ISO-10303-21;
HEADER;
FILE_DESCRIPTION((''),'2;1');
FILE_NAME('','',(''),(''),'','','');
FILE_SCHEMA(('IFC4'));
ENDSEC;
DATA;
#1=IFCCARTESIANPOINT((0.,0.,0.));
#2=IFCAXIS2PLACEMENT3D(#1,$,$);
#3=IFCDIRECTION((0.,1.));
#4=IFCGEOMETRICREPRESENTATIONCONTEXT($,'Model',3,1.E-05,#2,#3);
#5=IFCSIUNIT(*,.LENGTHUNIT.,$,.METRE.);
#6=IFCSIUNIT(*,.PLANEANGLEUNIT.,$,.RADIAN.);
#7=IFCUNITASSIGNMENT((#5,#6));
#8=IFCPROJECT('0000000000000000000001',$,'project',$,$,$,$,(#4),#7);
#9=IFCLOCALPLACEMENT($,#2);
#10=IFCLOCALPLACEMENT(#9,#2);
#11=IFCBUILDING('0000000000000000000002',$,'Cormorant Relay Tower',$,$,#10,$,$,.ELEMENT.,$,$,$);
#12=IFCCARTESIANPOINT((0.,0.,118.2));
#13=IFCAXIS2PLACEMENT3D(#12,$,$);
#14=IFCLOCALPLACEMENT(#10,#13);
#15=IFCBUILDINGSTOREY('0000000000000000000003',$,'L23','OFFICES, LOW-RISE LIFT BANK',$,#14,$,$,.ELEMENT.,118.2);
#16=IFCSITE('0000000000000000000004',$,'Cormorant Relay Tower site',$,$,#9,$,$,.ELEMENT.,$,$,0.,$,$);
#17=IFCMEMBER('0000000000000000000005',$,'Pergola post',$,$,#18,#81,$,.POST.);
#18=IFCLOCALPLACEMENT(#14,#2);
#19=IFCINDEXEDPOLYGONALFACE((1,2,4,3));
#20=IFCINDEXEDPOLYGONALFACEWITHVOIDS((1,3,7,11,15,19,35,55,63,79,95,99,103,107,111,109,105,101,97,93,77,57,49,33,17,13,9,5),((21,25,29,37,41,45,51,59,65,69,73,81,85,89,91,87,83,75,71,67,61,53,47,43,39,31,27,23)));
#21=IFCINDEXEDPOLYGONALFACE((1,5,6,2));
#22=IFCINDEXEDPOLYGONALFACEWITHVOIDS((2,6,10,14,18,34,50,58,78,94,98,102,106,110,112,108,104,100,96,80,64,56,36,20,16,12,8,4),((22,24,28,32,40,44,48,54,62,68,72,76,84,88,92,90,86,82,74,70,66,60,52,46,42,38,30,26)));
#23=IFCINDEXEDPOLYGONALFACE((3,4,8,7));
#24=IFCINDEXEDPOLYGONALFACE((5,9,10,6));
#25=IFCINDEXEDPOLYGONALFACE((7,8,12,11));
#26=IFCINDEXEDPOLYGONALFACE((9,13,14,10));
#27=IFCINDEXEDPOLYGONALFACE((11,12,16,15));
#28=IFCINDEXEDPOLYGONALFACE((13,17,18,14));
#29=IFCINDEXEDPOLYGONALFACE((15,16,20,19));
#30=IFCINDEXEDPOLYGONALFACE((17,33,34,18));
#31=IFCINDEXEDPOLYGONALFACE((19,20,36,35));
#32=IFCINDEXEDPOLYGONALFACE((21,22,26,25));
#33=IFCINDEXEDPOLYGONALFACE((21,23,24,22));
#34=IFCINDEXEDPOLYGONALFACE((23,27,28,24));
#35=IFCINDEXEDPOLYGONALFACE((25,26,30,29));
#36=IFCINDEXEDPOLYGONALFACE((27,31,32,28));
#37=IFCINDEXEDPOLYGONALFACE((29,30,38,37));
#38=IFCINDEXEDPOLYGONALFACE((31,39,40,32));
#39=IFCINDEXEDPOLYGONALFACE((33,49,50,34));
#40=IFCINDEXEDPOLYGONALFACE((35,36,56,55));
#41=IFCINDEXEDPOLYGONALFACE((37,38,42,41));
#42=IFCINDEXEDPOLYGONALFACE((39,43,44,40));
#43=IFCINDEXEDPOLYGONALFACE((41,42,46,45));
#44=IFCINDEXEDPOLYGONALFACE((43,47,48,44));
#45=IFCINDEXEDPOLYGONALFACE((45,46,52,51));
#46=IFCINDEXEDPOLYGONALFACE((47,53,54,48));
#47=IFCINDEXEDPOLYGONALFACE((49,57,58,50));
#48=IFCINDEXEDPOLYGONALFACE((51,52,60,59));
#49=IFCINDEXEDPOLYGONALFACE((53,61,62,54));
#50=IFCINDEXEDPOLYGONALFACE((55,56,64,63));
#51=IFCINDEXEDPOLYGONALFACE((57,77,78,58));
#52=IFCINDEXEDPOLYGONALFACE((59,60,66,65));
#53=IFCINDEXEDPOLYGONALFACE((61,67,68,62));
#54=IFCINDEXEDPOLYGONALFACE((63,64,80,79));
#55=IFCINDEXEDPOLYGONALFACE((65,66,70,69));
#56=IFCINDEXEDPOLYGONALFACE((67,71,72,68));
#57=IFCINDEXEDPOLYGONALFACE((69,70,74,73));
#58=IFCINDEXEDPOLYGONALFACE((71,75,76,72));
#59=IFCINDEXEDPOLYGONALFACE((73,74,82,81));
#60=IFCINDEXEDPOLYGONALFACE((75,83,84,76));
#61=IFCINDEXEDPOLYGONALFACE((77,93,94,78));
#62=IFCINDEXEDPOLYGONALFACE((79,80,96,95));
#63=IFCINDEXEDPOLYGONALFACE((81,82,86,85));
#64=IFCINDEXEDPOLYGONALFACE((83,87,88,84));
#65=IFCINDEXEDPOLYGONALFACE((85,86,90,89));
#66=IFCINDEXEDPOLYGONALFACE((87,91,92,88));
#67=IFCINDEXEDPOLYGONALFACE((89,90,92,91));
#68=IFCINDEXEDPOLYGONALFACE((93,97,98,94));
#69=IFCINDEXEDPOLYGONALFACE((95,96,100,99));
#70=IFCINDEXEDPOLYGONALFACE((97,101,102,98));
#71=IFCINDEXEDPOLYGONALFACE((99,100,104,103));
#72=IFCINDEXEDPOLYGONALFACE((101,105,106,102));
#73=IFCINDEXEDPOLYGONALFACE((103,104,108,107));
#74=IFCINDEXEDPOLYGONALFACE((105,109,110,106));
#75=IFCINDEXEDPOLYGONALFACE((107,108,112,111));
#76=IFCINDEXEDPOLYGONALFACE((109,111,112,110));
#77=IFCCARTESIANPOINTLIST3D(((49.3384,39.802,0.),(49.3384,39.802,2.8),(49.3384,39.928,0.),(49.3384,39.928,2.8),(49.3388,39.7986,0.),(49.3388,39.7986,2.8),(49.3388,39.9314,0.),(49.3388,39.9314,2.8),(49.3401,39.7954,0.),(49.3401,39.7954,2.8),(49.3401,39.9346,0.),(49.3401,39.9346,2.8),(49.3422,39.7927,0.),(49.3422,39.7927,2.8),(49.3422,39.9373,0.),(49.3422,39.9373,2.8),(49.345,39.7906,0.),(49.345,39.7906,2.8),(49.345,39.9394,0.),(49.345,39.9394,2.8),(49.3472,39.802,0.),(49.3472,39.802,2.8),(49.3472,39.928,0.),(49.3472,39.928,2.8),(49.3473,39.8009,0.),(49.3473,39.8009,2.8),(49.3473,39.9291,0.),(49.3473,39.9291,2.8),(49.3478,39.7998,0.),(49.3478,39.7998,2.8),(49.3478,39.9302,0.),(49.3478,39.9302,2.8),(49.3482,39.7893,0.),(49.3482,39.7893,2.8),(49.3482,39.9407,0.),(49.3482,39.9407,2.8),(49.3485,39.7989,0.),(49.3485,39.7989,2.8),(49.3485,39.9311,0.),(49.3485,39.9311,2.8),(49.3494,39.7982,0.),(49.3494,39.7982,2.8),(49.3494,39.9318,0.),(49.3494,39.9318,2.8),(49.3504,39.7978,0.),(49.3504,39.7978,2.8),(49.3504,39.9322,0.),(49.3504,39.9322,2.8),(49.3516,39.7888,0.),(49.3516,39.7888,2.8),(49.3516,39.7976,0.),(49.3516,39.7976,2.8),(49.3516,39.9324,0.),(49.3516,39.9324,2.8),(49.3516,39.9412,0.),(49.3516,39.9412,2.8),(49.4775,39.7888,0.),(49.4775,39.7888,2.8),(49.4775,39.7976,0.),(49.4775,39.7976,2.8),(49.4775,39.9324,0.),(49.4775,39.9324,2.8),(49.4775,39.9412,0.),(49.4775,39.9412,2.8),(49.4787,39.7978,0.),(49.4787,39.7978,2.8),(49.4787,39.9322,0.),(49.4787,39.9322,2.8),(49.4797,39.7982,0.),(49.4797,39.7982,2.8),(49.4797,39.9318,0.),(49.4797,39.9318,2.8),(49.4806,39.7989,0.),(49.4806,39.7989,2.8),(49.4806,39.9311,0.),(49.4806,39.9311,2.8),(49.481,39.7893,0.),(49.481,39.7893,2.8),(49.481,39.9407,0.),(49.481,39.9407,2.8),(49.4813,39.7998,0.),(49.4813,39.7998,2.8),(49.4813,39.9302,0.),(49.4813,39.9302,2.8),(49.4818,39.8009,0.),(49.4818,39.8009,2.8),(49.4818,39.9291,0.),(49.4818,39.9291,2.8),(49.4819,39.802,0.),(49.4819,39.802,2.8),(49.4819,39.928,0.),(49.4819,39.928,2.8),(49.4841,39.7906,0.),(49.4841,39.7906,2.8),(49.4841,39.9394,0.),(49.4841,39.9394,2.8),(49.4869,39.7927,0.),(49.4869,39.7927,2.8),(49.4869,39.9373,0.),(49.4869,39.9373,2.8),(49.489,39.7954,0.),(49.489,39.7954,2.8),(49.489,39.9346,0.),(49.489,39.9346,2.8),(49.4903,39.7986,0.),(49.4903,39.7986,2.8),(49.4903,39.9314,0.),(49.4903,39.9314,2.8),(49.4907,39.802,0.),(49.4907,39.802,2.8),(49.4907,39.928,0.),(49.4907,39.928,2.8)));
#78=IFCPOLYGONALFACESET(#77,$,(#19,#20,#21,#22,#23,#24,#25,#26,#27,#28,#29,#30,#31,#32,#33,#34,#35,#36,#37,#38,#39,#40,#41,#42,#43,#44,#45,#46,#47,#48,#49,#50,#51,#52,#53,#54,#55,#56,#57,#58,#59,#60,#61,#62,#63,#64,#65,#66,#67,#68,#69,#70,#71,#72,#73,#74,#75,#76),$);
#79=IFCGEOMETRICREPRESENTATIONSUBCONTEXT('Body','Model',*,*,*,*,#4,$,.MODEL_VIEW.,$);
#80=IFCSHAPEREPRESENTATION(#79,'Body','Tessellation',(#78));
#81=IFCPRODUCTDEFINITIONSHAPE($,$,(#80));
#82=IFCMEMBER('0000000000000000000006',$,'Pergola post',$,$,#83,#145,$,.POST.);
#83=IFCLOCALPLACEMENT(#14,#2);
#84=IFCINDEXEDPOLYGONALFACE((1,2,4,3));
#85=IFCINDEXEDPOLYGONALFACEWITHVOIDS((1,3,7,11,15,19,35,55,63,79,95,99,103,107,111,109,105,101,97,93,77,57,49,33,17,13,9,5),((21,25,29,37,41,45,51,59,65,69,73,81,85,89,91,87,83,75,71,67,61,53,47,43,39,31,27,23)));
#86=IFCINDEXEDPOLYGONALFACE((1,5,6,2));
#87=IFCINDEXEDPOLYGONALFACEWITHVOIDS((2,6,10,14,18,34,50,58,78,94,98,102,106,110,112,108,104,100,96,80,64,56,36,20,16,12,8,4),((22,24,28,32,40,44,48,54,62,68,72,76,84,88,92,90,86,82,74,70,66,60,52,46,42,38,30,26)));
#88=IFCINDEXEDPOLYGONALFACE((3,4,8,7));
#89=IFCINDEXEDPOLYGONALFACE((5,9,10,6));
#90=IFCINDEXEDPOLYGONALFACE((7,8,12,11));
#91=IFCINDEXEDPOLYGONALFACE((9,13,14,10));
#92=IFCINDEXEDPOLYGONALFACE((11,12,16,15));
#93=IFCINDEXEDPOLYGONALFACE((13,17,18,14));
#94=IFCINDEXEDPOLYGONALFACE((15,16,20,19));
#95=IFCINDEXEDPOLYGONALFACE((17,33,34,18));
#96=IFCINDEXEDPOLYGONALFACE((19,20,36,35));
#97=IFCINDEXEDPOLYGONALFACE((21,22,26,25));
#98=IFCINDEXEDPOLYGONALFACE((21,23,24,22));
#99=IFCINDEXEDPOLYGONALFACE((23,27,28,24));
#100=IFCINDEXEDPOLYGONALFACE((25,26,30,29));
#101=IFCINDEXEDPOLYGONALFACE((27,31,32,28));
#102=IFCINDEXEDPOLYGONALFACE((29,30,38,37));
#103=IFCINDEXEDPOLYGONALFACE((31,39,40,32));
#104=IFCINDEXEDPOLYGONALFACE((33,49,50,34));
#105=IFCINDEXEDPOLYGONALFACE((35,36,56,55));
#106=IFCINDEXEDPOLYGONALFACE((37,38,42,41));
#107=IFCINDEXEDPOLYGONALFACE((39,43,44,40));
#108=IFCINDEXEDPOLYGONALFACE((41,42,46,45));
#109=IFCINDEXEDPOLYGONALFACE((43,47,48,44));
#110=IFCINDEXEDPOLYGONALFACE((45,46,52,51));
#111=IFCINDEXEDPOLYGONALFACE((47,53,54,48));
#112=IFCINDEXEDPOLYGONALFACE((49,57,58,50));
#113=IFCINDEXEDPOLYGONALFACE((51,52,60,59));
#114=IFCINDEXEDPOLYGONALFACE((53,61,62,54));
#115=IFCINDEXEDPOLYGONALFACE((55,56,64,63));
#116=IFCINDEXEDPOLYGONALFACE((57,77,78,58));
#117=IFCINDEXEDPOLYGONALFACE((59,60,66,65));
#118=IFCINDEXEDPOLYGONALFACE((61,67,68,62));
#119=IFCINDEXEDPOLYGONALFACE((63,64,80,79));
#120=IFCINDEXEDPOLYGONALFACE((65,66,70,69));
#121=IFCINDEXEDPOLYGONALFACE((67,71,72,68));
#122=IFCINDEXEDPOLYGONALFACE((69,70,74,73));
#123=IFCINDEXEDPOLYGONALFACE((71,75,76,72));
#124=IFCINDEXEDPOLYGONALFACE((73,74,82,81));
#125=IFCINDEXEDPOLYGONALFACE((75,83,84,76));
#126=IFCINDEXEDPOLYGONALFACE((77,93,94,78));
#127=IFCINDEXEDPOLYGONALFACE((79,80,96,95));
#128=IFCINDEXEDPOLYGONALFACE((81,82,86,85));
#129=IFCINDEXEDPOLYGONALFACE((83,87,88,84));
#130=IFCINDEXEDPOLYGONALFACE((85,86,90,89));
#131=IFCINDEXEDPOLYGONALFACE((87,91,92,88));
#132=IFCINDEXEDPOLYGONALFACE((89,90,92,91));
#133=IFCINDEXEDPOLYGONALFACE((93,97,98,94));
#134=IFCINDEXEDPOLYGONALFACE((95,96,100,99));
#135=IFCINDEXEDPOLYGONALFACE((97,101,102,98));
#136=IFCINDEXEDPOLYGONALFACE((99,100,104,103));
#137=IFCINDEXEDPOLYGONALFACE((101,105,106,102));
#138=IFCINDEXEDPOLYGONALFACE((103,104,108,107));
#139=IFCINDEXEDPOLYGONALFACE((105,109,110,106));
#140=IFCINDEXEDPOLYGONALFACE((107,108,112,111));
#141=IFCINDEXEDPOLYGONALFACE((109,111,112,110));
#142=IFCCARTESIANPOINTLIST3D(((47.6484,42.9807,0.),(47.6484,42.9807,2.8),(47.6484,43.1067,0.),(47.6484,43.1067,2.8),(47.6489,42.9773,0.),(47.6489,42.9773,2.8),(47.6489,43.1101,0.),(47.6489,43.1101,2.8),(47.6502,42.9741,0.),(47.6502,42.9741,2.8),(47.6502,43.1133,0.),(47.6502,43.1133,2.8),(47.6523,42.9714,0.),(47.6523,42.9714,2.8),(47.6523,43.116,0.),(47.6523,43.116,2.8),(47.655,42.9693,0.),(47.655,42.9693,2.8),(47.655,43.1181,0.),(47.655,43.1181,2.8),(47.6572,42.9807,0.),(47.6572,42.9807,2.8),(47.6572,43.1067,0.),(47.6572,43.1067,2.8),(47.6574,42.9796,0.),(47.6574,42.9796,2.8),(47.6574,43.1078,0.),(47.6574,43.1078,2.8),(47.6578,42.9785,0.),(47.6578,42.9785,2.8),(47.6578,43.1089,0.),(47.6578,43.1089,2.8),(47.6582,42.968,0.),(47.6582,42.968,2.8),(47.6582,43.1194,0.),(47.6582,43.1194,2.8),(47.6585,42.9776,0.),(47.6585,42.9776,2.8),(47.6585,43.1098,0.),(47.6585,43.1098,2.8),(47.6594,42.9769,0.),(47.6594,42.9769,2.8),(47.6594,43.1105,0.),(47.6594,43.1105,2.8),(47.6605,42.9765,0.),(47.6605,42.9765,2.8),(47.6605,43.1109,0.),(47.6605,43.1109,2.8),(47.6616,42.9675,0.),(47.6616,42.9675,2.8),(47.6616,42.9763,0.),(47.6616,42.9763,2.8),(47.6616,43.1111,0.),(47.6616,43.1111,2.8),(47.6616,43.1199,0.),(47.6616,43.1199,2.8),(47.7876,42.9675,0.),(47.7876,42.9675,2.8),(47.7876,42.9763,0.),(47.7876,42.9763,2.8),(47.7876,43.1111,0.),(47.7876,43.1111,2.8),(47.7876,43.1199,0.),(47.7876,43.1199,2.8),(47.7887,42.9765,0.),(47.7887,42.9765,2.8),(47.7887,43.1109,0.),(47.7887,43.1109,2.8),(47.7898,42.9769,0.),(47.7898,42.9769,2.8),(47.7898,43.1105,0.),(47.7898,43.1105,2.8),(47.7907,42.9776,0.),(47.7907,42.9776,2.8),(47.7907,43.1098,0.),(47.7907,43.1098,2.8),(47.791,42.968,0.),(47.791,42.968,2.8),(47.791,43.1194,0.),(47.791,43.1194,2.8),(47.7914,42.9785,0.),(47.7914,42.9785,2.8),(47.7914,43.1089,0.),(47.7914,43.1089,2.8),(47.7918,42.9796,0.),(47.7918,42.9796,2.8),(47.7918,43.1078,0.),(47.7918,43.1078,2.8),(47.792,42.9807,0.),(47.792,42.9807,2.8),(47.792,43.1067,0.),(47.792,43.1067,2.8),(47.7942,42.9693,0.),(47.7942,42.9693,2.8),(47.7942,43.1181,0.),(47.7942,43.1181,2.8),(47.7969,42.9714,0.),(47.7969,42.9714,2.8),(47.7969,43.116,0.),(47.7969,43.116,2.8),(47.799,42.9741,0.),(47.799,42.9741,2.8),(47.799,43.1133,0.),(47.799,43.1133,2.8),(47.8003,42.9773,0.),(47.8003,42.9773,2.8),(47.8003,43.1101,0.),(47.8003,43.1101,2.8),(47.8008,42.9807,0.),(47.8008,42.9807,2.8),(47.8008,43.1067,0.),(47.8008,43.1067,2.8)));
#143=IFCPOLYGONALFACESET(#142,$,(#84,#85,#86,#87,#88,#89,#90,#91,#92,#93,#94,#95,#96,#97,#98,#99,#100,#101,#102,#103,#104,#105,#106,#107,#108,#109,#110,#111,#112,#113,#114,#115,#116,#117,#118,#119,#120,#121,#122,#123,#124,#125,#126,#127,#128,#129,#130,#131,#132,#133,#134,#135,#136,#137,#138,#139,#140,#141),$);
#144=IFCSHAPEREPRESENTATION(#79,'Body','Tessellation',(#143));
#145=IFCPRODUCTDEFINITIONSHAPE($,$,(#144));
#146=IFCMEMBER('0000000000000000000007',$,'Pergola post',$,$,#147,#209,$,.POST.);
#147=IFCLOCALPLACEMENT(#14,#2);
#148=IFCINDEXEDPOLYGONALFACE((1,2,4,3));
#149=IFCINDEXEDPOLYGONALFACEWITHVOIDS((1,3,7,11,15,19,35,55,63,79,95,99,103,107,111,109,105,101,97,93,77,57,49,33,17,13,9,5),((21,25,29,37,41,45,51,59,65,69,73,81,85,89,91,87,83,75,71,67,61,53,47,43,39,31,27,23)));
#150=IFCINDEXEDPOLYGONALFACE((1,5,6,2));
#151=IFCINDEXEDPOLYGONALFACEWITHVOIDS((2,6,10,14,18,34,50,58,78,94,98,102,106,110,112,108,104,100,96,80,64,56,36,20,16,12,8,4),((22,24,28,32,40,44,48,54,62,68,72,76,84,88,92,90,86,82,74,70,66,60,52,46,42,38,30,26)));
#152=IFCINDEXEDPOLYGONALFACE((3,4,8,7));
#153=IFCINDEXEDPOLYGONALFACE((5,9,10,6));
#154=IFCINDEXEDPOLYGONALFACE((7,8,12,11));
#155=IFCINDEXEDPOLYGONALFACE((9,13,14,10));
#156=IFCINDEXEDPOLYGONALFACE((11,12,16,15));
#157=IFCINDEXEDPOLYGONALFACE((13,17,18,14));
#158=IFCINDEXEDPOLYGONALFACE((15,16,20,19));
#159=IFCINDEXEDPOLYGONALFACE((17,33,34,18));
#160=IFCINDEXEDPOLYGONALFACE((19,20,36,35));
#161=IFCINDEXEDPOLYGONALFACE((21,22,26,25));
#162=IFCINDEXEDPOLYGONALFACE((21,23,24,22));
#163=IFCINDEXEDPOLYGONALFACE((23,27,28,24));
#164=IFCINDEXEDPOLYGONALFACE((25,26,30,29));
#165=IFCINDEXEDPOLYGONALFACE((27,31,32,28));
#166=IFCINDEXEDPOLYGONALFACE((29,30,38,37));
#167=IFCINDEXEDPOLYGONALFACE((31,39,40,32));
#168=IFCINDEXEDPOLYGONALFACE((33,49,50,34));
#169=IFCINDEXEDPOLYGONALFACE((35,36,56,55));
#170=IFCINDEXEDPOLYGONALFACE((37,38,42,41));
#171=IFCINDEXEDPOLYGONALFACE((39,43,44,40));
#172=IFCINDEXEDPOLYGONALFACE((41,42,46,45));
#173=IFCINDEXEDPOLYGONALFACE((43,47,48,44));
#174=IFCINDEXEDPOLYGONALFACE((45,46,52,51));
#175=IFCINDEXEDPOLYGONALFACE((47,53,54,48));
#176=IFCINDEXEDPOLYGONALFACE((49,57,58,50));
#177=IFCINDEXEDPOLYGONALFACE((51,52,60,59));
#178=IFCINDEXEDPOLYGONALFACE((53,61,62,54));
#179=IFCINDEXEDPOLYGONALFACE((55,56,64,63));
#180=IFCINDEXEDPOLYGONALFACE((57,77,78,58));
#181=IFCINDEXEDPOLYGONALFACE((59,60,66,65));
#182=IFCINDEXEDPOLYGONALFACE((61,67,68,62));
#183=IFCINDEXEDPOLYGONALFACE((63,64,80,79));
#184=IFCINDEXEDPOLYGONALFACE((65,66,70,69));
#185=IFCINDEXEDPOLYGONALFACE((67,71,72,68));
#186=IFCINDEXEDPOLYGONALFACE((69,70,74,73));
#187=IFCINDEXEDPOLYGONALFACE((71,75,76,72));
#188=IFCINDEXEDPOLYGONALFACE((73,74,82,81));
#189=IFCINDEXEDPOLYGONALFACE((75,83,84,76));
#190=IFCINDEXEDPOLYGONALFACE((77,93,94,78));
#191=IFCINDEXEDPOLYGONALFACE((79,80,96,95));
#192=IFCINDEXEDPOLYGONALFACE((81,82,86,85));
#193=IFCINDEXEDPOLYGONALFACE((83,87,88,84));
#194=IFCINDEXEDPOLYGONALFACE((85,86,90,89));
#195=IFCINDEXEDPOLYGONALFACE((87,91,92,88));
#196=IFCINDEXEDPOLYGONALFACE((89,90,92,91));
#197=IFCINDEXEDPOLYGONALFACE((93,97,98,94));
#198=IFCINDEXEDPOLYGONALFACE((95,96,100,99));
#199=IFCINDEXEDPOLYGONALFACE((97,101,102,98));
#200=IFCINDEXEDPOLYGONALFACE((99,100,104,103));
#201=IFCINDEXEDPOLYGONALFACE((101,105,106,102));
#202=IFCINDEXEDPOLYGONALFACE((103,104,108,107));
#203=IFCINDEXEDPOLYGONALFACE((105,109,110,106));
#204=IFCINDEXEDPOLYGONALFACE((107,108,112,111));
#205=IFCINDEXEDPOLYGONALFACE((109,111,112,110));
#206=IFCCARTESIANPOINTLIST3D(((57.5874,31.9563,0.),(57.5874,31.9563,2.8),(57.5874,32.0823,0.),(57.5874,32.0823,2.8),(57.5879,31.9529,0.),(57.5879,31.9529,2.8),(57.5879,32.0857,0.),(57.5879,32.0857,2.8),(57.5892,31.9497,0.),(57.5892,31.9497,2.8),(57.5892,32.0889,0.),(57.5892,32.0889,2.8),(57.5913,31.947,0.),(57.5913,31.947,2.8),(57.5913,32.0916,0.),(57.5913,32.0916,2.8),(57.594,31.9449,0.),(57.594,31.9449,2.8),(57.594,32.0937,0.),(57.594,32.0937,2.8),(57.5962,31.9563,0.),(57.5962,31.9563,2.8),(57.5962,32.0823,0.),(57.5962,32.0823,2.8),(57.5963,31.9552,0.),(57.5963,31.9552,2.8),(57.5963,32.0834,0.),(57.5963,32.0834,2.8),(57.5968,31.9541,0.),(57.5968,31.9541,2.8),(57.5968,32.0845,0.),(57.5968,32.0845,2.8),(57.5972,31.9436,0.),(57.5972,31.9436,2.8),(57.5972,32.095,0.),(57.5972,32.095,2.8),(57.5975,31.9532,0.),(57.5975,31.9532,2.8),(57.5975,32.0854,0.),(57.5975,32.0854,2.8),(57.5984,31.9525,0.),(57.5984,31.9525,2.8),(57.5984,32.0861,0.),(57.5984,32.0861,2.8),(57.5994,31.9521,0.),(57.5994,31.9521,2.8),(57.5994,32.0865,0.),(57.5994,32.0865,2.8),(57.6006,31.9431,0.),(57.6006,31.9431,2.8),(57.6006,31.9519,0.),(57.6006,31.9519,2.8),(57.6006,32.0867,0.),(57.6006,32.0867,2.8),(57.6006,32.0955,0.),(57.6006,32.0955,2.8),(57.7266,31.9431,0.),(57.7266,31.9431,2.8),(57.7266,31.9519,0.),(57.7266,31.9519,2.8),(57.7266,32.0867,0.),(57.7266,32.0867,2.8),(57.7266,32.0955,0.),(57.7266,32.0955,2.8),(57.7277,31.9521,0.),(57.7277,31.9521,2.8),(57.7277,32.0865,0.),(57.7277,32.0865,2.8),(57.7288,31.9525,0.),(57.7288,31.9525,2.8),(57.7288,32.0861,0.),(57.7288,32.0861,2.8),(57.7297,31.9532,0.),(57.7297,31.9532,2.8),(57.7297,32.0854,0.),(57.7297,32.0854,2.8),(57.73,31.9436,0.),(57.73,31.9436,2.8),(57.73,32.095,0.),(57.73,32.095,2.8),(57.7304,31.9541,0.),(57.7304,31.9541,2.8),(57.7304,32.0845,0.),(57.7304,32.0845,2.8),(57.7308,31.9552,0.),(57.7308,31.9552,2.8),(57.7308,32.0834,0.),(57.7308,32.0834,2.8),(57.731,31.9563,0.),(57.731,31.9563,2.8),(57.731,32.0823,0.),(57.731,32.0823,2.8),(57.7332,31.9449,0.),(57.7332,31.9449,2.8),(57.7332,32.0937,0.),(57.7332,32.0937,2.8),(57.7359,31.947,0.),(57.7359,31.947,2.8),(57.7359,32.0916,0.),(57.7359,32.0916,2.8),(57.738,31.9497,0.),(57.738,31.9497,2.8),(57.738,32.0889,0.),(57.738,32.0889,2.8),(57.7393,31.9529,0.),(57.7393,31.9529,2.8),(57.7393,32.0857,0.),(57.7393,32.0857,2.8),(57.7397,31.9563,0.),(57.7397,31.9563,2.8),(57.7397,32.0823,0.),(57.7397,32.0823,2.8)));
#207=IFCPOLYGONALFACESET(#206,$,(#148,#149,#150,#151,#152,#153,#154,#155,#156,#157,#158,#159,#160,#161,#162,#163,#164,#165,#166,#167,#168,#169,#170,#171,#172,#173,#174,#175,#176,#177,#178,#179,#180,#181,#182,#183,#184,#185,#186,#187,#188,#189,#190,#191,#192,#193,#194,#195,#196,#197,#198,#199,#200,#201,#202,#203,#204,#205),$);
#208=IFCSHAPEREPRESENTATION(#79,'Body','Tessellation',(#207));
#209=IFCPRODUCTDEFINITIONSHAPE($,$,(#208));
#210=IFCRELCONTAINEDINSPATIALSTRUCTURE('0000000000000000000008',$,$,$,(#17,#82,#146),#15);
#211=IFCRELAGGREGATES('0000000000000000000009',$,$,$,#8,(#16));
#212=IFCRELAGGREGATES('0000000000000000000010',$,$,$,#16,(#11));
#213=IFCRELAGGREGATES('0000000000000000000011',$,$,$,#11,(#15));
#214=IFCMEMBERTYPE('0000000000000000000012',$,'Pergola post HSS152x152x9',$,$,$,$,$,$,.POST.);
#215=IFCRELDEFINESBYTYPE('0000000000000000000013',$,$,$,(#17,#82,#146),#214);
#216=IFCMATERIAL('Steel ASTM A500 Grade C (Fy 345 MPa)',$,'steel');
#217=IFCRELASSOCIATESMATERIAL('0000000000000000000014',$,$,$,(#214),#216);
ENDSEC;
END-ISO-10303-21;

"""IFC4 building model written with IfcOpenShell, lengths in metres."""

from ifc_helpers import new_model, si_unit, direction, frame, origin, origin_2d, place, context, subcontext, project, spatial, hollow_rectangle, extrude, material, material_profile, profile_set, type_object, element, save


model = new_model("IFC4")

# Units and contexts
model_context = context("Model", 3, precision=1e-05, world=origin(), true_north=direction((0.0, 1.0)))
body_context = subcontext(model_context, "Body", "Model", "MODEL_VIEW")
ifc_project = project(units=[si_unit("LENGTHUNIT", "METRE"), si_unit("PLANEANGLEUNIT", "RADIAN")], contexts=[model_context])

# Site, building, storey
site_placement = place(None, origin())
site = spatial("IfcSite", under=ifc_project, at=site_placement, Name="Cormorant Relay Tower site", CompositionType="ELEMENT", RefElevation=0.0)
building_placement = place(site_placement, origin())
building = spatial("IfcBuilding", under=site, at=building_placement, Name="Cormorant Relay Tower", CompositionType="ELEMENT")
storey_placement = place(building_placement, frame((0.0, 0.0, 118.2)))
storey = spatial("IfcBuildingStorey", under=building, at=storey_placement, Name="L23", Description="OFFICES, LOW-RISE LIFT BANK", CompositionType="ELEMENT", Elevation=118.2)

# Members
ifc_material_1 = material(Name="Steel ASTM A500 Grade C (Fy 345 MPa)", Category="steel")
ifc_material_profile_1 = material_profile(ifc_material_1, hollow_rectangle(XDim=0.1523, YDim=0.1523, WallThickness=0.0088, InnerFilletRadius=0.0044, OuterFilletRadius=0.0132, at=origin_2d()), Name="HSS152x152x9")
ifc_profile_set_1 = profile_set([ifc_material_profile_1], Name="Steel ASTM A500 Grade C (Fy 345 MPa)")
member_type_1 = type_object("IfcMemberType", Name="Pergola post HSS152x152x9", PredefinedType="POST", material=ifc_profile_set_1)
for number, where, z_axis, x_axis, name in (
    (1, (49.4146, 39.865, 0.0), (0.0, 0.0, 1.0), (1.0, 0.0, 0.0), "Pergola post"),
    (2, (47.7246, 43.0437, 0.0), (0.0, 0.0, 1.0), (1.0, 0.0, 0.0), "Pergola post"),
    (3, (57.6636, 32.0193, 0.0), (0.0, 0.0, 1.0), (1.0, 0.0, 0.0), "Pergola post"),
):
    element("IfcMember", number, at=place(storey_placement, frame(where, z_axis=z_axis, x_axis=x_axis)), inside=storey, type_object=member_type_1, Name=name, PredefinedType="POST", context=body_context, shape_type="SweptSolid", body=[
        extrude(hollow_rectangle(XDim=0.1523, YDim=0.1523, WallThickness=0.0088, InnerFilletRadius=0.0044, OuterFilletRadius=0.0132, at=origin_2d()), origin(), (0.0, 0.0, 1.0), 2.8),
    ])

save(model, "model.ifc")
